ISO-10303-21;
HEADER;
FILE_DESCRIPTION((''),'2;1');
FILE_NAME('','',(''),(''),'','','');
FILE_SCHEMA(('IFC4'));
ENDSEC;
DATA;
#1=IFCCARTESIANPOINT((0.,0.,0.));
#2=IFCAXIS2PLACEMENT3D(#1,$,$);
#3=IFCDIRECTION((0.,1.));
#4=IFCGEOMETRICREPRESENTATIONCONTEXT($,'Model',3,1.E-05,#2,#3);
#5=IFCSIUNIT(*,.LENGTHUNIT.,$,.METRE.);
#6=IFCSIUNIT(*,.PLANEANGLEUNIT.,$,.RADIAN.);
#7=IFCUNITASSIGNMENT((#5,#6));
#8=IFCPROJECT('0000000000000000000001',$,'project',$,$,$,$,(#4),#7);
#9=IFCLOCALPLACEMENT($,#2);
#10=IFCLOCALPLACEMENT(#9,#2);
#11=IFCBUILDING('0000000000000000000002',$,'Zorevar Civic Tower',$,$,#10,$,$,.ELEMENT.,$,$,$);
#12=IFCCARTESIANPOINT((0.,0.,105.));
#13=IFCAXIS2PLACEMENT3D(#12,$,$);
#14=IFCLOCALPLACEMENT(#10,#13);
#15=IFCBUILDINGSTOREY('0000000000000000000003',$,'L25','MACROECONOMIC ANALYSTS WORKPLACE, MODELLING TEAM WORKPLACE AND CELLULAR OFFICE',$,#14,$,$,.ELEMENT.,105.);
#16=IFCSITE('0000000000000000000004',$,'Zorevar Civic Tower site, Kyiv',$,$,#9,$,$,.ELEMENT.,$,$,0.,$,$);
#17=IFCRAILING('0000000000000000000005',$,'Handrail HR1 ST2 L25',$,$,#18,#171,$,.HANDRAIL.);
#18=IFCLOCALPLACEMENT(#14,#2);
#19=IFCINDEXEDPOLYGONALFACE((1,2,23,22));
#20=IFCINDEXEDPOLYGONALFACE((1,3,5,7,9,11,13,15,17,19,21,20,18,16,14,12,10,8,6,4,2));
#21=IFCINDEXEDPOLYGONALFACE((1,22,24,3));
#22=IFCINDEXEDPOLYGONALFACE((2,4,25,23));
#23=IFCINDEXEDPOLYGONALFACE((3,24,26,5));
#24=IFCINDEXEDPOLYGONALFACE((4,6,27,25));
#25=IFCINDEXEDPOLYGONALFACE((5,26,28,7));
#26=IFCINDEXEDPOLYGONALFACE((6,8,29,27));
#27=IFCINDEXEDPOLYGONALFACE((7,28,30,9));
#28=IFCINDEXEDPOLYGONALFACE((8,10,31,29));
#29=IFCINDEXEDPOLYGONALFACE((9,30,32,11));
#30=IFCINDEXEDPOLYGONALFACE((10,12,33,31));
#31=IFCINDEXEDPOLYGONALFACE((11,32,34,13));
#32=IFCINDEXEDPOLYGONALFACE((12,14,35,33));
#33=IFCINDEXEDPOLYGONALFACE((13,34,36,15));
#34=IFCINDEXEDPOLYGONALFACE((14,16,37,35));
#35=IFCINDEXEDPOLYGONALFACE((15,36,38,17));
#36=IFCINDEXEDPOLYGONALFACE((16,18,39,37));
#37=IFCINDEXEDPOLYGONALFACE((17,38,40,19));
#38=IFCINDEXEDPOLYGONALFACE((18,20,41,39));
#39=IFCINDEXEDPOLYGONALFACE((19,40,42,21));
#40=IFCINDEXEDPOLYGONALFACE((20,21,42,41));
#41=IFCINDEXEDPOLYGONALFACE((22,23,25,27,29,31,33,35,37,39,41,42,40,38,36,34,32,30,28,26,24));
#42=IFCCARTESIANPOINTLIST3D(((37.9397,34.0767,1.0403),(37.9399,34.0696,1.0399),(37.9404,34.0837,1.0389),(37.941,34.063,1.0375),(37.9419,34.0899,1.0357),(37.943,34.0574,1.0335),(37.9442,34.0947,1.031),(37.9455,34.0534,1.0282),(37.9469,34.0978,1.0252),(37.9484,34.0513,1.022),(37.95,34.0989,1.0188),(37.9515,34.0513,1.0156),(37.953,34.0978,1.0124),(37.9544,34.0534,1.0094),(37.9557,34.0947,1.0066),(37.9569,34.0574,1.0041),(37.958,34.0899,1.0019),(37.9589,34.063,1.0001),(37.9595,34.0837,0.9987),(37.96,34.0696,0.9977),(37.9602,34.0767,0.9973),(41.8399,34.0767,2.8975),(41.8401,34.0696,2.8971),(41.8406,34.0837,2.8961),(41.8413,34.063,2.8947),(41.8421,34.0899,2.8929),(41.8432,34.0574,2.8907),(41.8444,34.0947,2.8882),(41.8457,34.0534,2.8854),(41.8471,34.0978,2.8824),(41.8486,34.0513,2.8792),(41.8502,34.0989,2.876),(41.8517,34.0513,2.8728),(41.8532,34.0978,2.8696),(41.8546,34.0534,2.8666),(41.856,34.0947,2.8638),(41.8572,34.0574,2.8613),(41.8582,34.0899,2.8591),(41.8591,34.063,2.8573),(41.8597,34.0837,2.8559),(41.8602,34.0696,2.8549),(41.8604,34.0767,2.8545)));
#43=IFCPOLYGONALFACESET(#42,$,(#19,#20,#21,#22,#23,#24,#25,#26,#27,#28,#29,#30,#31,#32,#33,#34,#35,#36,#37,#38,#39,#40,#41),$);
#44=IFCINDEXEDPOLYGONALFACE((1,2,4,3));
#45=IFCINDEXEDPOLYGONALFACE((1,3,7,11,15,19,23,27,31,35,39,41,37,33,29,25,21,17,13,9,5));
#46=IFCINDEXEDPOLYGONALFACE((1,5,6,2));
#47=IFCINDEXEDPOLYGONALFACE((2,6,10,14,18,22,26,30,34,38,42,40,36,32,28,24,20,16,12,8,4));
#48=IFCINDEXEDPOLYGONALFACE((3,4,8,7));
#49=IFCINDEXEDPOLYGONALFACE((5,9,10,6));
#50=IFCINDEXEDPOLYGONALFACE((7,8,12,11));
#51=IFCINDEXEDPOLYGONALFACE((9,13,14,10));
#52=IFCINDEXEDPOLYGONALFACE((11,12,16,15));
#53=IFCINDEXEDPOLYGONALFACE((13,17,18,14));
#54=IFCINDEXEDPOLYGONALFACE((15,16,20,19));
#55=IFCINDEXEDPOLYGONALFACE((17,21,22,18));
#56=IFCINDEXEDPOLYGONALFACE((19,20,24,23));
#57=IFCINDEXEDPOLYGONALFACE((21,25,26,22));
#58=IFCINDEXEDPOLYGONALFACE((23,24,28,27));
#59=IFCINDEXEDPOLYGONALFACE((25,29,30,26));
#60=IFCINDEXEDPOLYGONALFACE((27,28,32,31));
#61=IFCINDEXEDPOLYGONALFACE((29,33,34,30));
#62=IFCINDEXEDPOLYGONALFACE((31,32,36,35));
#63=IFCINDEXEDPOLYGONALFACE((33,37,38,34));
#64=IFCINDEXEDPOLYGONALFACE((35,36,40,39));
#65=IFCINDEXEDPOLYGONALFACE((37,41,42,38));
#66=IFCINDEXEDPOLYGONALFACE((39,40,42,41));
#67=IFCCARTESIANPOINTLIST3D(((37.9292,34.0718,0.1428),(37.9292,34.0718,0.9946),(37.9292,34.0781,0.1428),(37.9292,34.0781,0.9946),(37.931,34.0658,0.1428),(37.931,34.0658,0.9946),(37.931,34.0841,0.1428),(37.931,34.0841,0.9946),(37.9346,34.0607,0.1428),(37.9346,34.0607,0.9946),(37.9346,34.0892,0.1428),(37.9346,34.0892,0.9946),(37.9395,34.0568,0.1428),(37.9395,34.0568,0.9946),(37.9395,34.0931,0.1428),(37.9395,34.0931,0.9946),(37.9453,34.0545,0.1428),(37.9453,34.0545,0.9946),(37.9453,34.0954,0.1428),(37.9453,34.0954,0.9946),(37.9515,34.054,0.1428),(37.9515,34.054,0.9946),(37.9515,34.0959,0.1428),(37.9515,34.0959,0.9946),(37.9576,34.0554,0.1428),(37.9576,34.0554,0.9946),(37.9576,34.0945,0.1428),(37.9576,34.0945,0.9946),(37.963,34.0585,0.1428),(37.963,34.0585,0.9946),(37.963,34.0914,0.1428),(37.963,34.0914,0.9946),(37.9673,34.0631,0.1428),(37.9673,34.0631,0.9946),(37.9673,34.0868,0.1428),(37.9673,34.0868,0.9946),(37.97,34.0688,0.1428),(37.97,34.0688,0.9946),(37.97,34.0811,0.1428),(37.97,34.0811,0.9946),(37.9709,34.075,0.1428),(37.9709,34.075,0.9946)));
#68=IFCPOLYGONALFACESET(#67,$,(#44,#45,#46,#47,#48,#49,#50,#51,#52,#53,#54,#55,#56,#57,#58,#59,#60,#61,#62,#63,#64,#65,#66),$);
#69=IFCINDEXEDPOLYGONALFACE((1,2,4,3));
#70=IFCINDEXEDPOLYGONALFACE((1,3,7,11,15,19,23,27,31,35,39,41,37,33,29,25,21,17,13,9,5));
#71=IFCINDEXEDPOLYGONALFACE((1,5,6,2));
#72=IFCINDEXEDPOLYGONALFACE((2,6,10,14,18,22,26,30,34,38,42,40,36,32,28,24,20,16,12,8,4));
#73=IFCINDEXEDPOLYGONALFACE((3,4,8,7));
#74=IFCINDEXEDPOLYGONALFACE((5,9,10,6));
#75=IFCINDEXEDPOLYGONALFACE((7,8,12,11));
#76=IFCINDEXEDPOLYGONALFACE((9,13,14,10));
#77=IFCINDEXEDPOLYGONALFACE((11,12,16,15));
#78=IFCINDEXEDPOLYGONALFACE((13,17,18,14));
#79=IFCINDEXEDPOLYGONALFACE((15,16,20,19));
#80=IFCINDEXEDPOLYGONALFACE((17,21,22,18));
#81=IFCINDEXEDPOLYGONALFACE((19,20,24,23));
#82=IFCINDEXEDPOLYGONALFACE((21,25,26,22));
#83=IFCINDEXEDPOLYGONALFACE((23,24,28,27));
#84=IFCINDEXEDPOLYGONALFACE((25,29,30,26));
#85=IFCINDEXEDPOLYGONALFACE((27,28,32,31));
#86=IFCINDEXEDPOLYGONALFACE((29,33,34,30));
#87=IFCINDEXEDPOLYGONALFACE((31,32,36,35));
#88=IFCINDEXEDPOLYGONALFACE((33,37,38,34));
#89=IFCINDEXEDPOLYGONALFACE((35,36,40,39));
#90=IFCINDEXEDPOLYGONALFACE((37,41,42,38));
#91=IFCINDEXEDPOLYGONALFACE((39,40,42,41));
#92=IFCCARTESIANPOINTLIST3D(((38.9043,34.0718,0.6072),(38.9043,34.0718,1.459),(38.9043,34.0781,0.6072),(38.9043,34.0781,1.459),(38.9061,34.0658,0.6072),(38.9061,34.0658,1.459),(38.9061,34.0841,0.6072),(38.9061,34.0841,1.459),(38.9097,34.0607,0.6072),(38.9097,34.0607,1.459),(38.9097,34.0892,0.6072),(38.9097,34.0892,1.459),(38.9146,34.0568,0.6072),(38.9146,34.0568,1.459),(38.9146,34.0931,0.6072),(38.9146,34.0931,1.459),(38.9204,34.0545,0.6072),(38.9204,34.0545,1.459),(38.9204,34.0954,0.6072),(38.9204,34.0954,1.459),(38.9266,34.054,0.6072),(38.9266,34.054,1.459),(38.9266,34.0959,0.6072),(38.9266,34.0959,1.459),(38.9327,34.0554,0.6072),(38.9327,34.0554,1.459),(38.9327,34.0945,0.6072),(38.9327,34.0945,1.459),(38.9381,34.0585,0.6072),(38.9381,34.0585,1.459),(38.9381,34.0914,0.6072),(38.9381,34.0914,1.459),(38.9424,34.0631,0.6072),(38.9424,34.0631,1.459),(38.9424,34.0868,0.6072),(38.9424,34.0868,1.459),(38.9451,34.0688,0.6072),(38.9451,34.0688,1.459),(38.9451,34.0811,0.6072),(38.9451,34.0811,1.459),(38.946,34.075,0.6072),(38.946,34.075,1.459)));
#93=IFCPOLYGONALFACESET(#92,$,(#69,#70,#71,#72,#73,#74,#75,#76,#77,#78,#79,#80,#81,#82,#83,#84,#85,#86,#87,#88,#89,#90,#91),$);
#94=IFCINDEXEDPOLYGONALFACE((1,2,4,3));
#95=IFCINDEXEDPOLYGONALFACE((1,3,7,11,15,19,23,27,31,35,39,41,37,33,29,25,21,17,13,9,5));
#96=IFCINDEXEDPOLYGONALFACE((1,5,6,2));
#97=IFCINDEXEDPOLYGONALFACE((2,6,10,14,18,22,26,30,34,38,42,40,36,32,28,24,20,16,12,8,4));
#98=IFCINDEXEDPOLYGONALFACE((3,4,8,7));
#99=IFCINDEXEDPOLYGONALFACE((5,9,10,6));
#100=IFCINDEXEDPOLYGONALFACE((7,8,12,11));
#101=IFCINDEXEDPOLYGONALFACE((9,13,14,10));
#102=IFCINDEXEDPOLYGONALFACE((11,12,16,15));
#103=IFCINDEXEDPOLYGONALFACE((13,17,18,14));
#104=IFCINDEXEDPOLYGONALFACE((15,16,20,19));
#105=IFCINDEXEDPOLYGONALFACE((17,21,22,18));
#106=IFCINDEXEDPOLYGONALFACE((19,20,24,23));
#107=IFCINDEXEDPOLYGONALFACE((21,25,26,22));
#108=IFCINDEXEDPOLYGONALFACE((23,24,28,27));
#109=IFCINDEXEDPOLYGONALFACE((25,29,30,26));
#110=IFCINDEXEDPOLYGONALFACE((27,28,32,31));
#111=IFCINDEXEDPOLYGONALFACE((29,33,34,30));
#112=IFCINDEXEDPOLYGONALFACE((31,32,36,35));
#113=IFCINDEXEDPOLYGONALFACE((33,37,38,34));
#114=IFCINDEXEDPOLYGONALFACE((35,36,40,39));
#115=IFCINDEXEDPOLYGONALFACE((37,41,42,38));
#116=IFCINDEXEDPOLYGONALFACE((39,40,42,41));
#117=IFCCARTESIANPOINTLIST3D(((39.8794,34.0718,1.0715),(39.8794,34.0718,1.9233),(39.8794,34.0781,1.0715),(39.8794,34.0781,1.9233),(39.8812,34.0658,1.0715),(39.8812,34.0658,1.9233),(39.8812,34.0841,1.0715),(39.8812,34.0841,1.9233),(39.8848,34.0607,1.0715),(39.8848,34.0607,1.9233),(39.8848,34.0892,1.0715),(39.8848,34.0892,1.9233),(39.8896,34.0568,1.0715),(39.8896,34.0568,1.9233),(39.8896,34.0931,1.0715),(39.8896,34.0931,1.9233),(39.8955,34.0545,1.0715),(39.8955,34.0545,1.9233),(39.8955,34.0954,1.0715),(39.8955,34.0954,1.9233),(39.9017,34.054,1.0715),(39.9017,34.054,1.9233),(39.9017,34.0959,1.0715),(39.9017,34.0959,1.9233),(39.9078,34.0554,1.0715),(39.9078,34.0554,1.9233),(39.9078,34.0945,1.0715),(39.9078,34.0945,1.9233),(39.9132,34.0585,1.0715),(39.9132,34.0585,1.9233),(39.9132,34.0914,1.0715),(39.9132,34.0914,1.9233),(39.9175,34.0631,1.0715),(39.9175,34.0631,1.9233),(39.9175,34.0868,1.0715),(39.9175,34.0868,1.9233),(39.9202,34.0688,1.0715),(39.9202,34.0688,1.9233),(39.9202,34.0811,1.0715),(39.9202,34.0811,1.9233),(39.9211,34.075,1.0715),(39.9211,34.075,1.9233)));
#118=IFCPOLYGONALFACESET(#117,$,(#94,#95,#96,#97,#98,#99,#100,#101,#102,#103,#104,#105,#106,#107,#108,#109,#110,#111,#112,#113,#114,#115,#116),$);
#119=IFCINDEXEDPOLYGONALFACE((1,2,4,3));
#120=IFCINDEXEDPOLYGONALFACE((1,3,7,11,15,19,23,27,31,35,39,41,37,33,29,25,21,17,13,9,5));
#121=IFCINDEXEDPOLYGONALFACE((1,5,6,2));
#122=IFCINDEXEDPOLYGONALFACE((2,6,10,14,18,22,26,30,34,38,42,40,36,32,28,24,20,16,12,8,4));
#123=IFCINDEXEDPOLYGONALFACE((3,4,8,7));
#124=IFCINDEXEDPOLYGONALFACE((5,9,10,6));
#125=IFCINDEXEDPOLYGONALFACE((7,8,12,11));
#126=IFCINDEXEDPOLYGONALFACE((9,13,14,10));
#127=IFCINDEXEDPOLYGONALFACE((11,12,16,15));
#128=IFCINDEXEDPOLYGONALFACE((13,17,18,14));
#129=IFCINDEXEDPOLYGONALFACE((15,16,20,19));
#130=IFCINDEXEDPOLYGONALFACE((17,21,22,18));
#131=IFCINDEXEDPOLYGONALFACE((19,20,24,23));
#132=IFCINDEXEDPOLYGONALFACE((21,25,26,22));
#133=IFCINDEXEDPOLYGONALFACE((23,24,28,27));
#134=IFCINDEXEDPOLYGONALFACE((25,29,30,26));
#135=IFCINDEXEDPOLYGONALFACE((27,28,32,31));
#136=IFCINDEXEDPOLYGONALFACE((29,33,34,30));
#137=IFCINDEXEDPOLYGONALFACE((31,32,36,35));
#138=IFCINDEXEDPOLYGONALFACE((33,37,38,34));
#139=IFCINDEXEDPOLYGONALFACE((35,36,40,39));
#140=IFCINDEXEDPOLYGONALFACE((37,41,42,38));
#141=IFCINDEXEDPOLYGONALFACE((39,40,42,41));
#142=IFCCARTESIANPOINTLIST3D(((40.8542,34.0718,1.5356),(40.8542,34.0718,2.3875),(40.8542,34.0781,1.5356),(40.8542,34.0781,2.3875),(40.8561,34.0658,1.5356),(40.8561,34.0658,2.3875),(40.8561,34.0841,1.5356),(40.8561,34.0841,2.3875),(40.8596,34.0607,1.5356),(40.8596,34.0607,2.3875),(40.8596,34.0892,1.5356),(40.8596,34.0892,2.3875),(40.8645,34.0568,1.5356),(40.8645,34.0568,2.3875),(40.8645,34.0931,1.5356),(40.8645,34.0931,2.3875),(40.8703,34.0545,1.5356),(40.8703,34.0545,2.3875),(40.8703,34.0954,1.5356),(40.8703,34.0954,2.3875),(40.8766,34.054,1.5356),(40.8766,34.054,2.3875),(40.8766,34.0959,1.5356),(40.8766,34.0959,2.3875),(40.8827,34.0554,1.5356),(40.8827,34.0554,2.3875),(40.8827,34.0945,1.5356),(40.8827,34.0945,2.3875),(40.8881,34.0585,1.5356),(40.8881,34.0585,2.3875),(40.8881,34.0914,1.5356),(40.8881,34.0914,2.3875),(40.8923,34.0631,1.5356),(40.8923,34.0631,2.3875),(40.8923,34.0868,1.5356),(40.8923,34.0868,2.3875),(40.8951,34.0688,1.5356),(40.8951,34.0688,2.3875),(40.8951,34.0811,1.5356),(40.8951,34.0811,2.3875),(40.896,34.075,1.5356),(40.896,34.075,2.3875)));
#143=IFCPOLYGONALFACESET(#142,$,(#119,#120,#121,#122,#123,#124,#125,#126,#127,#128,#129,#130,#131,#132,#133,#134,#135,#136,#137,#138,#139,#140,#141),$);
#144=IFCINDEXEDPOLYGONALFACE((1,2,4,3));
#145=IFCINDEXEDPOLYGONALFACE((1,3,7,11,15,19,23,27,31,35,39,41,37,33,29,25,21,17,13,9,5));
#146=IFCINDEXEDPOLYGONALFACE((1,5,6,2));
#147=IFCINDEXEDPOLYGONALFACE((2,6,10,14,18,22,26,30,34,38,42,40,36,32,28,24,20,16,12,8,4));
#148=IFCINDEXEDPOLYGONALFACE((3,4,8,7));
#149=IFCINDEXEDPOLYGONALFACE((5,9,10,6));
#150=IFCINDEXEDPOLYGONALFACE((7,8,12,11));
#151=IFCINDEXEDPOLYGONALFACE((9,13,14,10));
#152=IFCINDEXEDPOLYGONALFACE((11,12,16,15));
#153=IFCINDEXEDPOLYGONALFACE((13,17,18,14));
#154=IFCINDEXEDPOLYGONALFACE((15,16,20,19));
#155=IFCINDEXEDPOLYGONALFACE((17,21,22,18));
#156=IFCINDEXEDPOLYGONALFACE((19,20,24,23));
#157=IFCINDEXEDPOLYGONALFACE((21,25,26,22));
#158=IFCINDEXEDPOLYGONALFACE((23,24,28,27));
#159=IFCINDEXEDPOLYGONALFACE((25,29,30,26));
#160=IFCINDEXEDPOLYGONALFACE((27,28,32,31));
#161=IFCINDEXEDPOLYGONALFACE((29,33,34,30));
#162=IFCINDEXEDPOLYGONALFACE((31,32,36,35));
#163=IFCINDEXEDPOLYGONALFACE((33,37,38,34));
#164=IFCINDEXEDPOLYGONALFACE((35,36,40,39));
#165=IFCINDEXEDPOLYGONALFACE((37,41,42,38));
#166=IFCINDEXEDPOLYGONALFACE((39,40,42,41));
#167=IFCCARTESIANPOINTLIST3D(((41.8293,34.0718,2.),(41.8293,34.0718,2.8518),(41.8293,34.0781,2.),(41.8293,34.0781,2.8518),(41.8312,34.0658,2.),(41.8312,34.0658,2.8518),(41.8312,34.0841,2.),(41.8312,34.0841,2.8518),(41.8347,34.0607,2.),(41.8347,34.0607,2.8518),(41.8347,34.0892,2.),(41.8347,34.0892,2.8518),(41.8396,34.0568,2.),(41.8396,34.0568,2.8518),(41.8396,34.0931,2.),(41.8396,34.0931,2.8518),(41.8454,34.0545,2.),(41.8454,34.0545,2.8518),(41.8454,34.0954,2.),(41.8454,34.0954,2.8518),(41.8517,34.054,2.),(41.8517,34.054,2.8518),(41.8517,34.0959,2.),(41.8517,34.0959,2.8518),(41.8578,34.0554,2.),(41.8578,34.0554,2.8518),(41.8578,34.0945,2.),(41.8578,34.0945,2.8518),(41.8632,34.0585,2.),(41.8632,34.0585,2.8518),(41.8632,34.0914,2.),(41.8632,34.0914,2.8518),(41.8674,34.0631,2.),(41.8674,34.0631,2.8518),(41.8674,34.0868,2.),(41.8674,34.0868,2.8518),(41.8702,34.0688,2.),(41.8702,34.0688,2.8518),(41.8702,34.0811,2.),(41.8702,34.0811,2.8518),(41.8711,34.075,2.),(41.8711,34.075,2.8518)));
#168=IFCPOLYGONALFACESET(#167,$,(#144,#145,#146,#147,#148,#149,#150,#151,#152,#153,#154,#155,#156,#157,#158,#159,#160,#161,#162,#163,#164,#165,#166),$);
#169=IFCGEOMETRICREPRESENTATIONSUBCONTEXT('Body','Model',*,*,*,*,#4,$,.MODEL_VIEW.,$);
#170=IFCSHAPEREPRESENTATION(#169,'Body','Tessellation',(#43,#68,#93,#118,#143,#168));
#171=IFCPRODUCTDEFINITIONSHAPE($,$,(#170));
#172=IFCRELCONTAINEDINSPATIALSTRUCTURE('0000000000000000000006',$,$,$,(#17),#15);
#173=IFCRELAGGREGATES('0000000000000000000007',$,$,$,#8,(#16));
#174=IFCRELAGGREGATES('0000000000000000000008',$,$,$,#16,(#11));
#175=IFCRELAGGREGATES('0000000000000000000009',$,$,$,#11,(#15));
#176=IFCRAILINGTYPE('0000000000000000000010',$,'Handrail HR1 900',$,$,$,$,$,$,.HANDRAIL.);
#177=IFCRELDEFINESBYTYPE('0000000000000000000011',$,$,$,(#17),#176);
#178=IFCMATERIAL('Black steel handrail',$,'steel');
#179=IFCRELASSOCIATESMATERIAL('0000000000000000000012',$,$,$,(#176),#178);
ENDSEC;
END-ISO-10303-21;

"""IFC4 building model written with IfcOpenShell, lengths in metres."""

from ifc_helpers import new_model, si_unit, direction, frame, origin, origin_2d, place, context, subcontext, project, spatial, circle, extrude, material, type_object, element, save


model = new_model("IFC4")

# Units and contexts
model_context = context("Model", 3, precision=1e-05, world=origin(), true_north=direction((0.0, 1.0)))
body_context = subcontext(model_context, "Body", "Model", "MODEL_VIEW")
ifc_project = project(units=[si_unit("LENGTHUNIT", "METRE"), si_unit("PLANEANGLEUNIT", "RADIAN")], contexts=[model_context])

# Site, building, storey
site_placement = place(None, origin())
site = spatial("IfcSite", under=ifc_project, at=site_placement, Name="Zorevar Civic Tower site, Kyiv", CompositionType="ELEMENT", RefElevation=0.0)
building_placement = place(site_placement, origin())
building = spatial("IfcBuilding", under=site, at=building_placement, Name="Zorevar Civic Tower", CompositionType="ELEMENT")
storey_placement = place(building_placement, frame((0.0, 0.0, 105.0)))
storey = spatial("IfcBuildingStorey", under=building, at=storey_placement, Name="L25", Description="MACROECONOMIC ANALYSTS WORKPLACE, MODELLING TEAM WORKPLACE AND CELLULAR OFFICE", CompositionType="ELEMENT", Elevation=105.0)

# Railing
ifc_material_1 = material(Name="Black steel handrail", Category="steel")
railing_type = type_object("IfcRailingType", Name="Handrail HR1 900", PredefinedType="HANDRAIL", material=ifc_material_1)
railing_1_placement = place(storey_placement, frame((37.95, 34.075, 0.1428)))
element("IfcRailing", 1, at=railing_1_placement, inside=storey, type_object=railing_type, Name="Handrail HR1 ST2 L25", PredefinedType="HANDRAIL", context=body_context, shape_type="SweptSolid", body=[
    extrude(circle(Radius=0.0239, at=origin_2d()), frame((0.0, 0.0, 0.876), z_axis=(0.902864, 0.0, 0.429927), x_axis=(0.0, 1.0, 0.0)), (0.0, 0.0, 1.0), 4.3198),
    extrude(circle(Radius=0.021, at=origin_2d()), origin(), (0.0, 0.0, 1.0), 0.8518),
    extrude(circle(Radius=0.021, at=origin_2d()), frame((0.9751, 0.0, 0.4644)), (0.0, 0.0, 1.0), 0.8518),
    extrude(circle(Radius=0.021, at=origin_2d()), frame((1.9502, 0.0, 0.9287)), (0.0, 0.0, 1.0), 0.8518),
    extrude(circle(Radius=0.021, at=origin_2d()), frame((2.925, 0.0, 1.3928)), (0.0, 0.0, 1.0), 0.8518),
    extrude(circle(Radius=0.021, at=origin_2d()), frame((3.9001, 0.0, 1.8572)), (0.0, 0.0, 1.0), 0.8518),
])

save(model, "model.ifc")
